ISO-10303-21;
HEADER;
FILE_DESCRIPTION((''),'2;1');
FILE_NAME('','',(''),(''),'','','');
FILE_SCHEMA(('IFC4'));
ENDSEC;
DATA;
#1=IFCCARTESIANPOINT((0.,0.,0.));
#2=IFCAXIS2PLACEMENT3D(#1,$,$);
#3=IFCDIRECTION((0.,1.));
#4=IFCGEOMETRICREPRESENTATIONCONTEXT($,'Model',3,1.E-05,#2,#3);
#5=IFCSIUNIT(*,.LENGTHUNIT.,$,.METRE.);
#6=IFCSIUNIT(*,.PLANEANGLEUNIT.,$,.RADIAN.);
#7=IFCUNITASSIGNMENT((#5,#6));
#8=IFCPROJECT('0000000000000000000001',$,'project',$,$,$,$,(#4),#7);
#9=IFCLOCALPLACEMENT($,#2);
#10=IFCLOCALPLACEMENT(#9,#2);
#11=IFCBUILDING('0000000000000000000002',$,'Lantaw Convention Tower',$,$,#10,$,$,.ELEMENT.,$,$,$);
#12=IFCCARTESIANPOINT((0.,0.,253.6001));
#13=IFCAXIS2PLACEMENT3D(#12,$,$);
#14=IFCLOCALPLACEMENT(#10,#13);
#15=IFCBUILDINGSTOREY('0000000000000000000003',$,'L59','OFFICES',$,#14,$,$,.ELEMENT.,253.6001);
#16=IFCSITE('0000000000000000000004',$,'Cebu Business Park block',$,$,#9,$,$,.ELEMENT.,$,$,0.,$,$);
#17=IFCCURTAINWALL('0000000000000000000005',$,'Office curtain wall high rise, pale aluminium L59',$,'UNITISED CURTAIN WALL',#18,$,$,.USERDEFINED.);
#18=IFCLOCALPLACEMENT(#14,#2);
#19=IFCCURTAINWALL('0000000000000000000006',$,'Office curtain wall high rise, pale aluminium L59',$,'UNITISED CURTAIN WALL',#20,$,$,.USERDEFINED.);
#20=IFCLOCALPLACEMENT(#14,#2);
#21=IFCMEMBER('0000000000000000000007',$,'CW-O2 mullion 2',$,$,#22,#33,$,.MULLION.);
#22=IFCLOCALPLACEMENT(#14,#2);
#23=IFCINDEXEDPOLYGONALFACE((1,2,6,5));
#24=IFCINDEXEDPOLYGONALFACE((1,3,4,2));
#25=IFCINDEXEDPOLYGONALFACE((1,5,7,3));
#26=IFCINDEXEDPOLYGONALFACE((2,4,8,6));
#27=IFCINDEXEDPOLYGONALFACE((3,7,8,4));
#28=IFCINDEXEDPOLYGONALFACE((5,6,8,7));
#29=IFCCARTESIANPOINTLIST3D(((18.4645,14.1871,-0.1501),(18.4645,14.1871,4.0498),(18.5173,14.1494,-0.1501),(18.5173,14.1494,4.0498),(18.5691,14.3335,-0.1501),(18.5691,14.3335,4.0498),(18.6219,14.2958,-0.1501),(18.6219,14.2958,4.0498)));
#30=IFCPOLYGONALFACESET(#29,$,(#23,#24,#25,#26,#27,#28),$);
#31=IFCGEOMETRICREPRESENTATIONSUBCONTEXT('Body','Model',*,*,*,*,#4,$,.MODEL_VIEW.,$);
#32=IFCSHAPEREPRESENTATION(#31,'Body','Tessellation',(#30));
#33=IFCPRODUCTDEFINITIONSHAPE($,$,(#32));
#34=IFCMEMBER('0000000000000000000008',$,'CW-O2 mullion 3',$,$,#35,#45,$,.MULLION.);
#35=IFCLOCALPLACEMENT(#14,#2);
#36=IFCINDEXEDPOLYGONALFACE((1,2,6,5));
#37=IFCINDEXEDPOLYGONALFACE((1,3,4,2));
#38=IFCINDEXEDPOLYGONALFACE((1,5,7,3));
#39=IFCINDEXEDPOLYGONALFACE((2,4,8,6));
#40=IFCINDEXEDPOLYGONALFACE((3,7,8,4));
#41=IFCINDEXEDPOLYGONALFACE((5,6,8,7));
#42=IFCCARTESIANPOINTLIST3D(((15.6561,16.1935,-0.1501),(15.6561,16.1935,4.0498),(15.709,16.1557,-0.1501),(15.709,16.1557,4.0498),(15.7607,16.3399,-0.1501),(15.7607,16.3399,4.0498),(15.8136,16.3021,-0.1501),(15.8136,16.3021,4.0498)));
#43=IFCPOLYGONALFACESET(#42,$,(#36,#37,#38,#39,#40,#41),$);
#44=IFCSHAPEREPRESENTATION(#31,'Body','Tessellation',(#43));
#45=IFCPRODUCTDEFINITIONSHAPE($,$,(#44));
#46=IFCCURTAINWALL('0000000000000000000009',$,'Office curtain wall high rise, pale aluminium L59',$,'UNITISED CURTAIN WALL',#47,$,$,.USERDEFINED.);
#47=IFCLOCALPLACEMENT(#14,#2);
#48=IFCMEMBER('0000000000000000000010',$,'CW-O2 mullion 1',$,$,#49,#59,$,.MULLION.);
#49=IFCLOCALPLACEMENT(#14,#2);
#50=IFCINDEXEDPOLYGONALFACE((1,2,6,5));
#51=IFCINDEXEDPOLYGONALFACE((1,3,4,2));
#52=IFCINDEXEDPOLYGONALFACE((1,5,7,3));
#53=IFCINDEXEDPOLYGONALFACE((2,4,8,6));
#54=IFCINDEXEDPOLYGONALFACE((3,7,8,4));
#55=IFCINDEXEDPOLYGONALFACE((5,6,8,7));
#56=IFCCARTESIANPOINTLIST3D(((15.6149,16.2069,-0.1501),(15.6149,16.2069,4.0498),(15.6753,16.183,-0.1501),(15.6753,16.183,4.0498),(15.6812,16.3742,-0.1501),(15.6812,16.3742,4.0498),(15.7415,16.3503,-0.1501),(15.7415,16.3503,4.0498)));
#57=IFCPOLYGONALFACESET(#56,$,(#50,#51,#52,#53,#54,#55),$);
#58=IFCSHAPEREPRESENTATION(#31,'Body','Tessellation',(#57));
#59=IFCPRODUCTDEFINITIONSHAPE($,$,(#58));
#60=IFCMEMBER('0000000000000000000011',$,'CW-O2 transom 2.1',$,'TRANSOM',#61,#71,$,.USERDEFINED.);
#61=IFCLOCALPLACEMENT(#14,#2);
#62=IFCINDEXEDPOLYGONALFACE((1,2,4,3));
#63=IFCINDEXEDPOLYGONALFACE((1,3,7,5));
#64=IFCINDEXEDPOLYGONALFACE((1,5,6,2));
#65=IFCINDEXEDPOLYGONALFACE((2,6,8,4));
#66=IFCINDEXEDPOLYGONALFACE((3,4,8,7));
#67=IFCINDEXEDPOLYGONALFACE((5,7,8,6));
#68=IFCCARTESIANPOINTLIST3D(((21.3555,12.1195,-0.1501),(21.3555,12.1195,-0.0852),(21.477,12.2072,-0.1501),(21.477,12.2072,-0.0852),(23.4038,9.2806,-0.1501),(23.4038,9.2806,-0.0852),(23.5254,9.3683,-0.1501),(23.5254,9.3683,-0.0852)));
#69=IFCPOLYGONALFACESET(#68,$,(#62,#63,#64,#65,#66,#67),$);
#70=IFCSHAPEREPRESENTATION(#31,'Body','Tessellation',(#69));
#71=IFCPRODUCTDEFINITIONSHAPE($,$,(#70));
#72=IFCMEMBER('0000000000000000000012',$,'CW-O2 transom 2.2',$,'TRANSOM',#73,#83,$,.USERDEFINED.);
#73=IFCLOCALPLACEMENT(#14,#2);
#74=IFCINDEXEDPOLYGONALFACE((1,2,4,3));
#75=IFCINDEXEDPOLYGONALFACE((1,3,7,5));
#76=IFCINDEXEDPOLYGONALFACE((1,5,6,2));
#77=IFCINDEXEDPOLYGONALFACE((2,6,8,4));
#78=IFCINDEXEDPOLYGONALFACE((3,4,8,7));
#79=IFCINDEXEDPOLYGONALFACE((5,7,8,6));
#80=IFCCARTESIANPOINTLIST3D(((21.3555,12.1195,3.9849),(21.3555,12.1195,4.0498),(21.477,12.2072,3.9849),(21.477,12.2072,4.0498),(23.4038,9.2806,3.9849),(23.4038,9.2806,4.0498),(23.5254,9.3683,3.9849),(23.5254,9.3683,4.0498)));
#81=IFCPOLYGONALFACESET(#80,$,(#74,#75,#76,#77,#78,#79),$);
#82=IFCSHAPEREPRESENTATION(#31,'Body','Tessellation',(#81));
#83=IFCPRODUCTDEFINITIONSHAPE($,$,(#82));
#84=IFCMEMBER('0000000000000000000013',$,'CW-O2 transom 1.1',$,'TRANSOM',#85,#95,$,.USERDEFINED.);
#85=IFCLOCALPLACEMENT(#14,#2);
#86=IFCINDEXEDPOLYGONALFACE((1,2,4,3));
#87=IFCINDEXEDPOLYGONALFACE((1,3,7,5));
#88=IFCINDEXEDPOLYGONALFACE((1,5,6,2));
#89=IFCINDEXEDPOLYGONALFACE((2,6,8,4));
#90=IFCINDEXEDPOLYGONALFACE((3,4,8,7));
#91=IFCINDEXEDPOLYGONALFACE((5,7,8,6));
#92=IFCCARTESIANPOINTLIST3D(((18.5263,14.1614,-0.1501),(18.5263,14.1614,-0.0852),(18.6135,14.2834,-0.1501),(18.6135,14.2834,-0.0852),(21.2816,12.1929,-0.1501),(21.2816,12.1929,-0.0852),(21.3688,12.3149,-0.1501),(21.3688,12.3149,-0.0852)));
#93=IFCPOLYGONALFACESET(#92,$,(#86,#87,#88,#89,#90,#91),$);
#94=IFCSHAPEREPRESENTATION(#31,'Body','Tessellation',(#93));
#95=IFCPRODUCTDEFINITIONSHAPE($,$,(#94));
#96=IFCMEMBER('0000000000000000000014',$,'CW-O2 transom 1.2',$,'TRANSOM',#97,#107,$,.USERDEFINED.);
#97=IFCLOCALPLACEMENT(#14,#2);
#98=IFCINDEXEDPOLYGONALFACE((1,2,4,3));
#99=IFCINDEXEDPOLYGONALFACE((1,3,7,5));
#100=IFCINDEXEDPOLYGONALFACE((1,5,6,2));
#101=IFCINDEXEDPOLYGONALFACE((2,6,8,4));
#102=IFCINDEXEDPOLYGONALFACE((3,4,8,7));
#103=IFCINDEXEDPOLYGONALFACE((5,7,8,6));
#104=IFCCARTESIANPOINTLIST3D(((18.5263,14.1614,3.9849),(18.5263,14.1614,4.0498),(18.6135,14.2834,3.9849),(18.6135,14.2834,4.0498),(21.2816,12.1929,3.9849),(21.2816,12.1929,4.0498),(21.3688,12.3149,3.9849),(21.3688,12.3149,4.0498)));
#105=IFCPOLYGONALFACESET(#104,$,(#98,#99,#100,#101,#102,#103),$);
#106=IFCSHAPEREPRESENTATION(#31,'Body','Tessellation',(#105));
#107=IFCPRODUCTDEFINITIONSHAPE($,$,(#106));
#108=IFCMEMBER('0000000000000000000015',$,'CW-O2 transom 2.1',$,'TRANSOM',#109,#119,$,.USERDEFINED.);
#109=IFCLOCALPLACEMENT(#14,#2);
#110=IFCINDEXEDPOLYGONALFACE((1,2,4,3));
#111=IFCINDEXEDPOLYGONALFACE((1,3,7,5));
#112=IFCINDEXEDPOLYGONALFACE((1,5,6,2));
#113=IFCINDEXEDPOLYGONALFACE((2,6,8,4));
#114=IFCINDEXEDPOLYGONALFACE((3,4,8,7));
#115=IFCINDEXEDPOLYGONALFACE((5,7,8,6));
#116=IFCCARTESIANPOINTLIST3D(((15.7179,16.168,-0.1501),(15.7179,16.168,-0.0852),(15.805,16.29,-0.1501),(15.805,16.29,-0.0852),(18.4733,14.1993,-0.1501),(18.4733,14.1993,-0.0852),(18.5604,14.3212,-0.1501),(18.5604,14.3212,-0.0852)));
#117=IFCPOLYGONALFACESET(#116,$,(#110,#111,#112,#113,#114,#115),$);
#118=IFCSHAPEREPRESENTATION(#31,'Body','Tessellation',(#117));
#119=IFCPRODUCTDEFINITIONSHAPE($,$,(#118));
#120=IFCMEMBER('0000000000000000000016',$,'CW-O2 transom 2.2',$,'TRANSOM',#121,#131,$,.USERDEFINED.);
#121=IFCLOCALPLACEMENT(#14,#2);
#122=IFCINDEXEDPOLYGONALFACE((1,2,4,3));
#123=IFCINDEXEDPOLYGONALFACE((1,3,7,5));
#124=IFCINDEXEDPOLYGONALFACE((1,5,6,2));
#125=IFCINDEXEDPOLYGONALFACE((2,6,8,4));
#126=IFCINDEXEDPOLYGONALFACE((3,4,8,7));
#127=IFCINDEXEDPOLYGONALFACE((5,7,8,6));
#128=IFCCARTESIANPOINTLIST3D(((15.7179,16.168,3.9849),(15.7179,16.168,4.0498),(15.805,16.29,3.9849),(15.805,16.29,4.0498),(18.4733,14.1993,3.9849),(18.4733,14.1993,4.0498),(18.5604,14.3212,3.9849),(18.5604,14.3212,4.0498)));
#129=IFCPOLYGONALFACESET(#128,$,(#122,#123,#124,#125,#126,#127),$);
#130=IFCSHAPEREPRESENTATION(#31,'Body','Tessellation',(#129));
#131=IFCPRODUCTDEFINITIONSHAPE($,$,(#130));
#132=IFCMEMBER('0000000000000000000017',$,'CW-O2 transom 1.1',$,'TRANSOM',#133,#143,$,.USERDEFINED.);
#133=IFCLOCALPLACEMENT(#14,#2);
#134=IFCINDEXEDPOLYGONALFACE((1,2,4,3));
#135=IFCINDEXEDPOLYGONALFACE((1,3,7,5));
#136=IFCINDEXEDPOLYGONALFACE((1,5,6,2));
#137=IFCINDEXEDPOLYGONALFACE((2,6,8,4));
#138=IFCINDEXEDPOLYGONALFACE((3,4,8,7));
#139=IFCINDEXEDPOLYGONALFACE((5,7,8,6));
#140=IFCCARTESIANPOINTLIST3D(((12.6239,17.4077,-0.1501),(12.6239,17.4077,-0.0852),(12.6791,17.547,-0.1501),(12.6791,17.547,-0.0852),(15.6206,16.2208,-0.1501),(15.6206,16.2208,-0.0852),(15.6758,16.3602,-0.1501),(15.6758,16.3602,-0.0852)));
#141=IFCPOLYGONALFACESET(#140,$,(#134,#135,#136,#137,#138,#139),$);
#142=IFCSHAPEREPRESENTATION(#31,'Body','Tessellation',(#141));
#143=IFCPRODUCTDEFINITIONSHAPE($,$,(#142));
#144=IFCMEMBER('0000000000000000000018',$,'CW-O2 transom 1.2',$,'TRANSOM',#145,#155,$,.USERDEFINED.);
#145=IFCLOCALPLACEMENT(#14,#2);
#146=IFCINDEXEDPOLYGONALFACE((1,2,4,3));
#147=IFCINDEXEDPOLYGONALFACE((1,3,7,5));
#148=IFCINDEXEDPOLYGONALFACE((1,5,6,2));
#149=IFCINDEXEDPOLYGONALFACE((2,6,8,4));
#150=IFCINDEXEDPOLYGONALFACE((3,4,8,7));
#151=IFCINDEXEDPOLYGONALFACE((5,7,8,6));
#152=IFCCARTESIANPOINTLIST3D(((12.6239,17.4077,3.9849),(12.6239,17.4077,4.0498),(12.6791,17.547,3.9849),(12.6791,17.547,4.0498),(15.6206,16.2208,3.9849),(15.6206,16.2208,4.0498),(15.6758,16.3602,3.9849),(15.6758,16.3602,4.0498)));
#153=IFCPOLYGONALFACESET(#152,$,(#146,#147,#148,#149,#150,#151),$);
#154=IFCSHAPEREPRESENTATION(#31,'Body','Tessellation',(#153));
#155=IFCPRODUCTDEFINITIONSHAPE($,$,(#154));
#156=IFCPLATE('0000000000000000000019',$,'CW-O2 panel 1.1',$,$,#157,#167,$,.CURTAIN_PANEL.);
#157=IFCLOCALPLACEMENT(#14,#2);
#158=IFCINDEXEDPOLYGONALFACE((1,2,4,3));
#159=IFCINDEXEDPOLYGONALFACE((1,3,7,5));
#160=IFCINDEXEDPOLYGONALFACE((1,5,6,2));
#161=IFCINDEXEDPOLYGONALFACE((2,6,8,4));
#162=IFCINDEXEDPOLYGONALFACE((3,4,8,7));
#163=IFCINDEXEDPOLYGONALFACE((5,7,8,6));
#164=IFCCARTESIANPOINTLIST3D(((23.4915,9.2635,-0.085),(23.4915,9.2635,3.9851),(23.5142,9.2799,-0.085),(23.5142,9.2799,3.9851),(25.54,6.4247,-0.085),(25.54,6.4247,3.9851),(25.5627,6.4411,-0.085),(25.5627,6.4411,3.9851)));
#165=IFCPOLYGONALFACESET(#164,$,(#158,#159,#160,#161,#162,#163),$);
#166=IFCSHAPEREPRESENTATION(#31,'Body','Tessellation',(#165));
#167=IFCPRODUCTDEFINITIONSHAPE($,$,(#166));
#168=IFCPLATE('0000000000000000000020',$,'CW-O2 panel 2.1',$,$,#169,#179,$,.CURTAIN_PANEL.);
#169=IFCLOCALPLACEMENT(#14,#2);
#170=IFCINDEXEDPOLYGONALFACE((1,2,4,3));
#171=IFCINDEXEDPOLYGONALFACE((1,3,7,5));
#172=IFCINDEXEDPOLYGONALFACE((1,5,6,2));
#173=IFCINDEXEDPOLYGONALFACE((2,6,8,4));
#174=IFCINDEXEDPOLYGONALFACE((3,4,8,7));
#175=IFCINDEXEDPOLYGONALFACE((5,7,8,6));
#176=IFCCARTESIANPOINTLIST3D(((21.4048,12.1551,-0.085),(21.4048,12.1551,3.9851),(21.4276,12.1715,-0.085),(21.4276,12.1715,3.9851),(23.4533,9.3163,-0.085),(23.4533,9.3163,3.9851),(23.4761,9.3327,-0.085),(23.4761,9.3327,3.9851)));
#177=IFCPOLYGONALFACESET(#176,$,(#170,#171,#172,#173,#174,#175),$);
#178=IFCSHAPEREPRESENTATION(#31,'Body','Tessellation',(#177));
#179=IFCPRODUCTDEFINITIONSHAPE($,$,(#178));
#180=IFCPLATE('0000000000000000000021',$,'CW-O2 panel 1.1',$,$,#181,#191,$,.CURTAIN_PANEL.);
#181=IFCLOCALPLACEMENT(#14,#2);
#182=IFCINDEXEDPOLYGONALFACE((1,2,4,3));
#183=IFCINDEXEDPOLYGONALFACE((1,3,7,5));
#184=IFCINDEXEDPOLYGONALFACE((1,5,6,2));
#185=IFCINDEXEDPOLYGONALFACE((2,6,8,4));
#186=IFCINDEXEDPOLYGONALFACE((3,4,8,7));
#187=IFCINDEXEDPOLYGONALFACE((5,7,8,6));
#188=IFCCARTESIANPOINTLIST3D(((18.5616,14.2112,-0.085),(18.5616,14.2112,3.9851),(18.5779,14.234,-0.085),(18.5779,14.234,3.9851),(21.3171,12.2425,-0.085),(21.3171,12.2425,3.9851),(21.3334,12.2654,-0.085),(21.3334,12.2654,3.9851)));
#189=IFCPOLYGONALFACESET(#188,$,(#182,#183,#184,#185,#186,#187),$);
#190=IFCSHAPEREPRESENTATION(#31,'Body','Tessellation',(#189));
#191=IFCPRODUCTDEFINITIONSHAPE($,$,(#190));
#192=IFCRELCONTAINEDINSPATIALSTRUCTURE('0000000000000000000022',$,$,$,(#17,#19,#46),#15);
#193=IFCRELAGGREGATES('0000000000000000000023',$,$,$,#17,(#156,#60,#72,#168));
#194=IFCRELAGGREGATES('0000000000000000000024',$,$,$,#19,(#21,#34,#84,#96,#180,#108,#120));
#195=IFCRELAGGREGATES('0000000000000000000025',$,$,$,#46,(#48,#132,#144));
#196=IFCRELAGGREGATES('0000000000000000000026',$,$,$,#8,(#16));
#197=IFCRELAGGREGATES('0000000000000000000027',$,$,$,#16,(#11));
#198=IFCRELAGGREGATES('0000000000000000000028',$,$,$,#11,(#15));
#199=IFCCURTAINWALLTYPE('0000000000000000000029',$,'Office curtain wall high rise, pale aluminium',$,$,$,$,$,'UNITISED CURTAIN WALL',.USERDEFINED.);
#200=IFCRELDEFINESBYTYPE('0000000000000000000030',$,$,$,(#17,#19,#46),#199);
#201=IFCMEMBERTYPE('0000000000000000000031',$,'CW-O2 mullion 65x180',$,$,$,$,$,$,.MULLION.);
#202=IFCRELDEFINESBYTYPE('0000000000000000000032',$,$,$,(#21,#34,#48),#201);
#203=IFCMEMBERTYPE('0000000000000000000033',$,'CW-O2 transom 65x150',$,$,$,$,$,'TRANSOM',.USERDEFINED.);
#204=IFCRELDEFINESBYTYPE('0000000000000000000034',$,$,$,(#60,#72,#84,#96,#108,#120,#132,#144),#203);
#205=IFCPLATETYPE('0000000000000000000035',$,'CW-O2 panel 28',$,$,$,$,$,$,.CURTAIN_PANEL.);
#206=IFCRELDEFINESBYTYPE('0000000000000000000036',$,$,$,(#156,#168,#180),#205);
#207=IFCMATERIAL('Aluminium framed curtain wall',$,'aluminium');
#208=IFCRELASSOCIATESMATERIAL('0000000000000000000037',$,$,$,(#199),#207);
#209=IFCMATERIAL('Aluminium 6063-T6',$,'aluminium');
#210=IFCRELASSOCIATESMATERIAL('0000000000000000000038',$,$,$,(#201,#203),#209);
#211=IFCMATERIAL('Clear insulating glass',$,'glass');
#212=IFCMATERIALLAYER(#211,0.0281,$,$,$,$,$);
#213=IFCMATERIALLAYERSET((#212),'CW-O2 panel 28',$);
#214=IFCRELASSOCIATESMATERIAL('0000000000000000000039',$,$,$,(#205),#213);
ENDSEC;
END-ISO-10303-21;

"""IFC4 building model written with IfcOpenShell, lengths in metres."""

from ifc_helpers import new_model, si_unit, direction, frame, origin, origin_2d, place, context, subcontext, project, spatial, rectangle, extrude, material, layer, layer_set, material_profile, profile_set, type_object, element, aggregate, save


model = new_model("IFC4")

# Units and contexts
model_context = context("Model", 3, precision=1e-05, world=origin(), true_north=direction((0.0, 1.0)))
body_context = subcontext(model_context, "Body", "Model", "MODEL_VIEW")
ifc_project = project(units=[si_unit("LENGTHUNIT", "METRE"), si_unit("PLANEANGLEUNIT", "RADIAN")], contexts=[model_context])

# Site, building, storey
site_placement = place(None, origin())
site = spatial("IfcSite", under=ifc_project, at=site_placement, Name="Cebu Business Park block", CompositionType="ELEMENT", RefElevation=0.0)
building_placement = place(site_placement, origin())
building = spatial("IfcBuilding", under=site, at=building_placement, Name="Lantaw Convention Tower", CompositionType="ELEMENT")
storey_placement = place(building_placement, frame((0.0, 0.0, 253.6001)))
storey = spatial("IfcBuildingStorey", under=building, at=storey_placement, Name="L59", Description="OFFICES", CompositionType="ELEMENT", Elevation=253.6001)

# Curtain walls, members
ifc_material_1 = material(Name="Aluminium framed curtain wall", Category="aluminium")
curtain_wall_type = type_object("IfcCurtainWallType", Name="Office curtain wall high rise, pale aluminium", ElementType="UNITISED CURTAIN WALL", PredefinedType="USERDEFINED", material=ifc_material_1)
curtain_wall_1_placement = place(storey_placement, origin())
curtain_wall_1 = element("IfcCurtainWall", 1, at=curtain_wall_1_placement, inside=storey, type_object=curtain_wall_type, Name="Office curtain wall high rise, pale aluminium L59", ObjectType="UNITISED CURTAIN WALL", PredefinedType="USERDEFINED")
ifc_material_2 = material(Name="Aluminium 6063-T6", Category="aluminium")
ifc_material_profile_1 = material_profile(ifc_material_2, rectangle(XDim=0.1799, YDim=0.0649, at=origin_2d()), Name="CW-O2 mullion 65x180")
ifc_profile_set_1 = profile_set([ifc_material_profile_1], Name="Aluminium 6063-T6")
member_type_1 = type_object("IfcMemberType", Name="CW-O2 mullion 65x180", PredefinedType="MULLION", material=ifc_profile_set_1)
curtain_wall_2_placement = place(storey_placement, origin())
curtain_wall_2 = element("IfcCurtainWall", 2, at=curtain_wall_2_placement, inside=storey, type_object=curtain_wall_type, Name="Office curtain wall high rise, pale aluminium L59", ObjectType="UNITISED CURTAIN WALL", PredefinedType="USERDEFINED")
member_1_placement = place(storey_placement, frame((18.5432, 14.2415, -0.1501), z_axis=(0.0, 0.0, 1.0), x_axis=(-0.581323, -0.813673, 0.0)))
member_1 = element("IfcMember", 3, at=member_1_placement, type_object=member_type_1, Name="CW-O2 mullion 2", PredefinedType="MULLION", context=body_context, shape_type="SweptSolid", body=[
    extrude(rectangle(XDim=0.1799, YDim=0.0649, at=origin_2d()), origin(), (0.0, 0.0, 1.0), 4.2),
])
member_2_placement = place(storey_placement, frame((15.7349, 16.2478, -0.1501), z_axis=(0.0, 0.0, 1.0), x_axis=(-0.581323, -0.813673, 0.0)))
member_2 = element("IfcMember", 4, at=member_2_placement, type_object=member_type_1, Name="CW-O2 mullion 3", PredefinedType="MULLION", context=body_context, shape_type="SweptSolid", body=[
    extrude(rectangle(XDim=0.1799, YDim=0.0649, at=origin_2d()), origin(), (0.0, 0.0, 1.0), 4.2),
])

# Curtain wall, member
curtain_wall_3_placement = place(storey_placement, origin())
curtain_wall_3 = element("IfcCurtainWall", 5, at=curtain_wall_3_placement, inside=storey, type_object=curtain_wall_type, Name="Office curtain wall high rise, pale aluminium L59", ObjectType="UNITISED CURTAIN WALL", PredefinedType="USERDEFINED")
member_3_placement = place(storey_placement, frame((15.6782, 16.2786, -0.1501), z_axis=(0.0, 0.0, 1.0), x_axis=(-0.368162, -0.929762, 0.0)))
member_3 = element("IfcMember", 6, at=member_3_placement, type_object=member_type_1, Name="CW-O2 mullion 1", PredefinedType="MULLION", context=body_context, shape_type="SweptSolid", body=[
    extrude(rectangle(XDim=0.1799, YDim=0.0649, at=origin_2d()), origin(), (0.0, 0.0, 1.0), 4.2),
])

# Members
ifc_material_profile_2 = material_profile(ifc_material_2, rectangle(XDim=0.1499, YDim=0.0649, at=origin_2d()), Name="CW-O2 transom 65x150")
ifc_profile_set_2 = profile_set([ifc_material_profile_2], Name="Aluminium 6063-T6")
member_type_2 = type_object("IfcMemberType", Name="CW-O2 transom 65x150", ElementType="TRANSOM", PredefinedType="USERDEFINED", material=ifc_profile_set_2)
member_4_placement = place(storey_placement, frame((23.4646, 9.3245, -0.1177), z_axis=(-0.585124, 0.810944, 0.0), x_axis=(-0.810944, -0.585124, 0.0)))
member_4 = element("IfcMember", 7, at=member_4_placement, type_object=member_type_2, Name="CW-O2 transom 2.1", ObjectType="TRANSOM", PredefinedType="USERDEFINED", context=body_context, shape_type="SweptSolid", body=[
    extrude(rectangle(XDim=0.1499, YDim=0.0649, at=origin_2d()), origin(), (0.0, 0.0, 1.0), 3.5007),
])
member_5_placement = place(storey_placement, frame((23.4646, 9.3245, 4.0173), z_axis=(-0.585124, 0.810944, 0.0), x_axis=(-0.810944, -0.585124, 0.0)))
member_5 = element("IfcMember", 8, at=member_5_placement, type_object=member_type_2, Name="CW-O2 transom 2.2", ObjectType="TRANSOM", PredefinedType="USERDEFINED", context=body_context, shape_type="SweptSolid", body=[
    extrude(rectangle(XDim=0.1499, YDim=0.0649, at=origin_2d()), origin(), (0.0, 0.0, 1.0), 3.5007),
])
member_6_placement = place(storey_placement, frame((21.3252, 12.2539, -0.1177), z_axis=(-0.81368, 0.581313, 0.0), x_axis=(-0.581313, -0.81368, 0.0)))
member_6 = element("IfcMember", 9, at=member_6_placement, type_object=member_type_2, Name="CW-O2 transom 1.1", ObjectType="TRANSOM", PredefinedType="USERDEFINED", context=body_context, shape_type="SweptSolid", body=[
    extrude(rectangle(XDim=0.1499, YDim=0.0649, at=origin_2d()), origin(), (0.0, 0.0, 1.0), 3.3862),
])
member_7_placement = place(storey_placement, frame((21.3252, 12.2539, 4.0173), z_axis=(-0.81368, 0.581313, 0.0), x_axis=(-0.581313, -0.81368, 0.0)))
member_7 = element("IfcMember", 10, at=member_7_placement, type_object=member_type_2, Name="CW-O2 transom 1.2", ObjectType="TRANSOM", PredefinedType="USERDEFINED", context=body_context, shape_type="SweptSolid", body=[
    extrude(rectangle(XDim=0.1499, YDim=0.0649, at=origin_2d()), origin(), (0.0, 0.0, 1.0), 3.3862),
])
member_8_placement = place(storey_placement, frame((18.5168, 14.2603, -0.1177), z_axis=(-0.813646, 0.581361, 0.0), x_axis=(-0.581361, -0.813646, 0.0)))
member_8 = element("IfcMember", 11, at=member_8_placement, type_object=member_type_2, Name="CW-O2 transom 2.1", ObjectType="TRANSOM", PredefinedType="USERDEFINED", context=body_context, shape_type="SweptSolid", body=[
    extrude(rectangle(XDim=0.1499, YDim=0.0649, at=origin_2d()), origin(), (0.0, 0.0, 1.0), 3.3865),
])
member_9_placement = place(storey_placement, frame((18.5168, 14.2603, 4.0173), z_axis=(-0.813646, 0.581361, 0.0), x_axis=(-0.581361, -0.813646, 0.0)))
member_9 = element("IfcMember", 12, at=member_9_placement, type_object=member_type_2, Name="CW-O2 transom 2.2", ObjectType="TRANSOM", PredefinedType="USERDEFINED", context=body_context, shape_type="SweptSolid", body=[
    extrude(rectangle(XDim=0.1499, YDim=0.0649, at=origin_2d()), origin(), (0.0, 0.0, 1.0), 3.3865),
])
member_10_placement = place(storey_placement, frame((15.6482, 16.2905, -0.1177), z_axis=(-0.929741, 0.368215, 0.0), x_axis=(-0.368215, -0.929741, 0.0)))
member_10 = element("IfcMember", 13, at=member_10_placement, type_object=member_type_2, Name="CW-O2 transom 1.1", ObjectType="TRANSOM", PredefinedType="USERDEFINED", context=body_context, shape_type="SweptSolid", body=[
    extrude(rectangle(XDim=0.1499, YDim=0.0649, at=origin_2d()), origin(), (0.0, 0.0, 1.0), 3.2231),
])
member_11_placement = place(storey_placement, frame((15.6482, 16.2905, 4.0173), z_axis=(-0.929741, 0.368215, 0.0), x_axis=(-0.368215, -0.929741, 0.0)))
member_11 = element("IfcMember", 14, at=member_11_placement, type_object=member_type_2, Name="CW-O2 transom 1.2", ObjectType="TRANSOM", PredefinedType="USERDEFINED", context=body_context, shape_type="SweptSolid", body=[
    extrude(rectangle(XDim=0.1499, YDim=0.0649, at=origin_2d()), origin(), (0.0, 0.0, 1.0), 3.2231),
])

# Plates
ifc_material_3 = material(Name="Clear insulating glass", Category="glass")
ifc_layer_1 = layer(ifc_material_3, 0.0281)
ifc_layer_set_1 = layer_set([ifc_layer_1], Name="CW-O2 panel 28")
plate_type_1 = type_object("IfcPlateType", Name="CW-O2 panel 28", PredefinedType="CURTAIN_PANEL", material=ifc_layer_set_1)
plate_1_placement = place(storey_placement, frame((24.5271, 7.8523, -0.085), z_axis=(0.0, 0.0, 1.0), x_axis=(-0.585158, 0.81092, 0.0)))
plate_1 = element("IfcPlate", 15, at=plate_1_placement, type_object=plate_type_1, Name="CW-O2 panel 1.1", PredefinedType="CURTAIN_PANEL", context=body_context, shape_type="SweptSolid", body=[
    extrude(rectangle(XDim=3.5007, YDim=0.0281, at=origin_2d()), origin(), (0.0, 0.0, 1.0), 4.0701),
])
plate_2_placement = place(storey_placement, frame((22.4404, 10.7439, -0.085), z_axis=(0.0, 0.0, 1.0), x_axis=(-0.585158, 0.81092, 0.0)))
plate_2 = element("IfcPlate", 16, at=plate_2_placement, type_object=plate_type_1, Name="CW-O2 panel 2.1", PredefinedType="CURTAIN_PANEL", context=body_context, shape_type="SweptSolid", body=[
    extrude(rectangle(XDim=3.5007, YDim=0.0281, at=origin_2d()), origin(), (0.0, 0.0, 1.0), 4.0701),
])
aggregate(curtain_wall_1, [plate_1, member_4, member_5, plate_2])
plate_3_placement = place(storey_placement, frame((19.9475, 13.2383, -0.085), z_axis=(0.0, 0.0, 1.0), x_axis=(-0.813673, 0.581323, 0.0)))
plate_3 = element("IfcPlate", 17, at=plate_3_placement, type_object=plate_type_1, Name="CW-O2 panel 1.1", PredefinedType="CURTAIN_PANEL", context=body_context, shape_type="SweptSolid", body=[
    extrude(rectangle(XDim=3.3865, YDim=0.0281, at=origin_2d()), origin(), (0.0, 0.0, 1.0), 4.0701),
])
aggregate(curtain_wall_2, [member_1, member_2, member_6, member_7, plate_3, member_8, member_9])
aggregate(curtain_wall_3, [member_3, member_10, member_11])

save(model, "model.ifc")
